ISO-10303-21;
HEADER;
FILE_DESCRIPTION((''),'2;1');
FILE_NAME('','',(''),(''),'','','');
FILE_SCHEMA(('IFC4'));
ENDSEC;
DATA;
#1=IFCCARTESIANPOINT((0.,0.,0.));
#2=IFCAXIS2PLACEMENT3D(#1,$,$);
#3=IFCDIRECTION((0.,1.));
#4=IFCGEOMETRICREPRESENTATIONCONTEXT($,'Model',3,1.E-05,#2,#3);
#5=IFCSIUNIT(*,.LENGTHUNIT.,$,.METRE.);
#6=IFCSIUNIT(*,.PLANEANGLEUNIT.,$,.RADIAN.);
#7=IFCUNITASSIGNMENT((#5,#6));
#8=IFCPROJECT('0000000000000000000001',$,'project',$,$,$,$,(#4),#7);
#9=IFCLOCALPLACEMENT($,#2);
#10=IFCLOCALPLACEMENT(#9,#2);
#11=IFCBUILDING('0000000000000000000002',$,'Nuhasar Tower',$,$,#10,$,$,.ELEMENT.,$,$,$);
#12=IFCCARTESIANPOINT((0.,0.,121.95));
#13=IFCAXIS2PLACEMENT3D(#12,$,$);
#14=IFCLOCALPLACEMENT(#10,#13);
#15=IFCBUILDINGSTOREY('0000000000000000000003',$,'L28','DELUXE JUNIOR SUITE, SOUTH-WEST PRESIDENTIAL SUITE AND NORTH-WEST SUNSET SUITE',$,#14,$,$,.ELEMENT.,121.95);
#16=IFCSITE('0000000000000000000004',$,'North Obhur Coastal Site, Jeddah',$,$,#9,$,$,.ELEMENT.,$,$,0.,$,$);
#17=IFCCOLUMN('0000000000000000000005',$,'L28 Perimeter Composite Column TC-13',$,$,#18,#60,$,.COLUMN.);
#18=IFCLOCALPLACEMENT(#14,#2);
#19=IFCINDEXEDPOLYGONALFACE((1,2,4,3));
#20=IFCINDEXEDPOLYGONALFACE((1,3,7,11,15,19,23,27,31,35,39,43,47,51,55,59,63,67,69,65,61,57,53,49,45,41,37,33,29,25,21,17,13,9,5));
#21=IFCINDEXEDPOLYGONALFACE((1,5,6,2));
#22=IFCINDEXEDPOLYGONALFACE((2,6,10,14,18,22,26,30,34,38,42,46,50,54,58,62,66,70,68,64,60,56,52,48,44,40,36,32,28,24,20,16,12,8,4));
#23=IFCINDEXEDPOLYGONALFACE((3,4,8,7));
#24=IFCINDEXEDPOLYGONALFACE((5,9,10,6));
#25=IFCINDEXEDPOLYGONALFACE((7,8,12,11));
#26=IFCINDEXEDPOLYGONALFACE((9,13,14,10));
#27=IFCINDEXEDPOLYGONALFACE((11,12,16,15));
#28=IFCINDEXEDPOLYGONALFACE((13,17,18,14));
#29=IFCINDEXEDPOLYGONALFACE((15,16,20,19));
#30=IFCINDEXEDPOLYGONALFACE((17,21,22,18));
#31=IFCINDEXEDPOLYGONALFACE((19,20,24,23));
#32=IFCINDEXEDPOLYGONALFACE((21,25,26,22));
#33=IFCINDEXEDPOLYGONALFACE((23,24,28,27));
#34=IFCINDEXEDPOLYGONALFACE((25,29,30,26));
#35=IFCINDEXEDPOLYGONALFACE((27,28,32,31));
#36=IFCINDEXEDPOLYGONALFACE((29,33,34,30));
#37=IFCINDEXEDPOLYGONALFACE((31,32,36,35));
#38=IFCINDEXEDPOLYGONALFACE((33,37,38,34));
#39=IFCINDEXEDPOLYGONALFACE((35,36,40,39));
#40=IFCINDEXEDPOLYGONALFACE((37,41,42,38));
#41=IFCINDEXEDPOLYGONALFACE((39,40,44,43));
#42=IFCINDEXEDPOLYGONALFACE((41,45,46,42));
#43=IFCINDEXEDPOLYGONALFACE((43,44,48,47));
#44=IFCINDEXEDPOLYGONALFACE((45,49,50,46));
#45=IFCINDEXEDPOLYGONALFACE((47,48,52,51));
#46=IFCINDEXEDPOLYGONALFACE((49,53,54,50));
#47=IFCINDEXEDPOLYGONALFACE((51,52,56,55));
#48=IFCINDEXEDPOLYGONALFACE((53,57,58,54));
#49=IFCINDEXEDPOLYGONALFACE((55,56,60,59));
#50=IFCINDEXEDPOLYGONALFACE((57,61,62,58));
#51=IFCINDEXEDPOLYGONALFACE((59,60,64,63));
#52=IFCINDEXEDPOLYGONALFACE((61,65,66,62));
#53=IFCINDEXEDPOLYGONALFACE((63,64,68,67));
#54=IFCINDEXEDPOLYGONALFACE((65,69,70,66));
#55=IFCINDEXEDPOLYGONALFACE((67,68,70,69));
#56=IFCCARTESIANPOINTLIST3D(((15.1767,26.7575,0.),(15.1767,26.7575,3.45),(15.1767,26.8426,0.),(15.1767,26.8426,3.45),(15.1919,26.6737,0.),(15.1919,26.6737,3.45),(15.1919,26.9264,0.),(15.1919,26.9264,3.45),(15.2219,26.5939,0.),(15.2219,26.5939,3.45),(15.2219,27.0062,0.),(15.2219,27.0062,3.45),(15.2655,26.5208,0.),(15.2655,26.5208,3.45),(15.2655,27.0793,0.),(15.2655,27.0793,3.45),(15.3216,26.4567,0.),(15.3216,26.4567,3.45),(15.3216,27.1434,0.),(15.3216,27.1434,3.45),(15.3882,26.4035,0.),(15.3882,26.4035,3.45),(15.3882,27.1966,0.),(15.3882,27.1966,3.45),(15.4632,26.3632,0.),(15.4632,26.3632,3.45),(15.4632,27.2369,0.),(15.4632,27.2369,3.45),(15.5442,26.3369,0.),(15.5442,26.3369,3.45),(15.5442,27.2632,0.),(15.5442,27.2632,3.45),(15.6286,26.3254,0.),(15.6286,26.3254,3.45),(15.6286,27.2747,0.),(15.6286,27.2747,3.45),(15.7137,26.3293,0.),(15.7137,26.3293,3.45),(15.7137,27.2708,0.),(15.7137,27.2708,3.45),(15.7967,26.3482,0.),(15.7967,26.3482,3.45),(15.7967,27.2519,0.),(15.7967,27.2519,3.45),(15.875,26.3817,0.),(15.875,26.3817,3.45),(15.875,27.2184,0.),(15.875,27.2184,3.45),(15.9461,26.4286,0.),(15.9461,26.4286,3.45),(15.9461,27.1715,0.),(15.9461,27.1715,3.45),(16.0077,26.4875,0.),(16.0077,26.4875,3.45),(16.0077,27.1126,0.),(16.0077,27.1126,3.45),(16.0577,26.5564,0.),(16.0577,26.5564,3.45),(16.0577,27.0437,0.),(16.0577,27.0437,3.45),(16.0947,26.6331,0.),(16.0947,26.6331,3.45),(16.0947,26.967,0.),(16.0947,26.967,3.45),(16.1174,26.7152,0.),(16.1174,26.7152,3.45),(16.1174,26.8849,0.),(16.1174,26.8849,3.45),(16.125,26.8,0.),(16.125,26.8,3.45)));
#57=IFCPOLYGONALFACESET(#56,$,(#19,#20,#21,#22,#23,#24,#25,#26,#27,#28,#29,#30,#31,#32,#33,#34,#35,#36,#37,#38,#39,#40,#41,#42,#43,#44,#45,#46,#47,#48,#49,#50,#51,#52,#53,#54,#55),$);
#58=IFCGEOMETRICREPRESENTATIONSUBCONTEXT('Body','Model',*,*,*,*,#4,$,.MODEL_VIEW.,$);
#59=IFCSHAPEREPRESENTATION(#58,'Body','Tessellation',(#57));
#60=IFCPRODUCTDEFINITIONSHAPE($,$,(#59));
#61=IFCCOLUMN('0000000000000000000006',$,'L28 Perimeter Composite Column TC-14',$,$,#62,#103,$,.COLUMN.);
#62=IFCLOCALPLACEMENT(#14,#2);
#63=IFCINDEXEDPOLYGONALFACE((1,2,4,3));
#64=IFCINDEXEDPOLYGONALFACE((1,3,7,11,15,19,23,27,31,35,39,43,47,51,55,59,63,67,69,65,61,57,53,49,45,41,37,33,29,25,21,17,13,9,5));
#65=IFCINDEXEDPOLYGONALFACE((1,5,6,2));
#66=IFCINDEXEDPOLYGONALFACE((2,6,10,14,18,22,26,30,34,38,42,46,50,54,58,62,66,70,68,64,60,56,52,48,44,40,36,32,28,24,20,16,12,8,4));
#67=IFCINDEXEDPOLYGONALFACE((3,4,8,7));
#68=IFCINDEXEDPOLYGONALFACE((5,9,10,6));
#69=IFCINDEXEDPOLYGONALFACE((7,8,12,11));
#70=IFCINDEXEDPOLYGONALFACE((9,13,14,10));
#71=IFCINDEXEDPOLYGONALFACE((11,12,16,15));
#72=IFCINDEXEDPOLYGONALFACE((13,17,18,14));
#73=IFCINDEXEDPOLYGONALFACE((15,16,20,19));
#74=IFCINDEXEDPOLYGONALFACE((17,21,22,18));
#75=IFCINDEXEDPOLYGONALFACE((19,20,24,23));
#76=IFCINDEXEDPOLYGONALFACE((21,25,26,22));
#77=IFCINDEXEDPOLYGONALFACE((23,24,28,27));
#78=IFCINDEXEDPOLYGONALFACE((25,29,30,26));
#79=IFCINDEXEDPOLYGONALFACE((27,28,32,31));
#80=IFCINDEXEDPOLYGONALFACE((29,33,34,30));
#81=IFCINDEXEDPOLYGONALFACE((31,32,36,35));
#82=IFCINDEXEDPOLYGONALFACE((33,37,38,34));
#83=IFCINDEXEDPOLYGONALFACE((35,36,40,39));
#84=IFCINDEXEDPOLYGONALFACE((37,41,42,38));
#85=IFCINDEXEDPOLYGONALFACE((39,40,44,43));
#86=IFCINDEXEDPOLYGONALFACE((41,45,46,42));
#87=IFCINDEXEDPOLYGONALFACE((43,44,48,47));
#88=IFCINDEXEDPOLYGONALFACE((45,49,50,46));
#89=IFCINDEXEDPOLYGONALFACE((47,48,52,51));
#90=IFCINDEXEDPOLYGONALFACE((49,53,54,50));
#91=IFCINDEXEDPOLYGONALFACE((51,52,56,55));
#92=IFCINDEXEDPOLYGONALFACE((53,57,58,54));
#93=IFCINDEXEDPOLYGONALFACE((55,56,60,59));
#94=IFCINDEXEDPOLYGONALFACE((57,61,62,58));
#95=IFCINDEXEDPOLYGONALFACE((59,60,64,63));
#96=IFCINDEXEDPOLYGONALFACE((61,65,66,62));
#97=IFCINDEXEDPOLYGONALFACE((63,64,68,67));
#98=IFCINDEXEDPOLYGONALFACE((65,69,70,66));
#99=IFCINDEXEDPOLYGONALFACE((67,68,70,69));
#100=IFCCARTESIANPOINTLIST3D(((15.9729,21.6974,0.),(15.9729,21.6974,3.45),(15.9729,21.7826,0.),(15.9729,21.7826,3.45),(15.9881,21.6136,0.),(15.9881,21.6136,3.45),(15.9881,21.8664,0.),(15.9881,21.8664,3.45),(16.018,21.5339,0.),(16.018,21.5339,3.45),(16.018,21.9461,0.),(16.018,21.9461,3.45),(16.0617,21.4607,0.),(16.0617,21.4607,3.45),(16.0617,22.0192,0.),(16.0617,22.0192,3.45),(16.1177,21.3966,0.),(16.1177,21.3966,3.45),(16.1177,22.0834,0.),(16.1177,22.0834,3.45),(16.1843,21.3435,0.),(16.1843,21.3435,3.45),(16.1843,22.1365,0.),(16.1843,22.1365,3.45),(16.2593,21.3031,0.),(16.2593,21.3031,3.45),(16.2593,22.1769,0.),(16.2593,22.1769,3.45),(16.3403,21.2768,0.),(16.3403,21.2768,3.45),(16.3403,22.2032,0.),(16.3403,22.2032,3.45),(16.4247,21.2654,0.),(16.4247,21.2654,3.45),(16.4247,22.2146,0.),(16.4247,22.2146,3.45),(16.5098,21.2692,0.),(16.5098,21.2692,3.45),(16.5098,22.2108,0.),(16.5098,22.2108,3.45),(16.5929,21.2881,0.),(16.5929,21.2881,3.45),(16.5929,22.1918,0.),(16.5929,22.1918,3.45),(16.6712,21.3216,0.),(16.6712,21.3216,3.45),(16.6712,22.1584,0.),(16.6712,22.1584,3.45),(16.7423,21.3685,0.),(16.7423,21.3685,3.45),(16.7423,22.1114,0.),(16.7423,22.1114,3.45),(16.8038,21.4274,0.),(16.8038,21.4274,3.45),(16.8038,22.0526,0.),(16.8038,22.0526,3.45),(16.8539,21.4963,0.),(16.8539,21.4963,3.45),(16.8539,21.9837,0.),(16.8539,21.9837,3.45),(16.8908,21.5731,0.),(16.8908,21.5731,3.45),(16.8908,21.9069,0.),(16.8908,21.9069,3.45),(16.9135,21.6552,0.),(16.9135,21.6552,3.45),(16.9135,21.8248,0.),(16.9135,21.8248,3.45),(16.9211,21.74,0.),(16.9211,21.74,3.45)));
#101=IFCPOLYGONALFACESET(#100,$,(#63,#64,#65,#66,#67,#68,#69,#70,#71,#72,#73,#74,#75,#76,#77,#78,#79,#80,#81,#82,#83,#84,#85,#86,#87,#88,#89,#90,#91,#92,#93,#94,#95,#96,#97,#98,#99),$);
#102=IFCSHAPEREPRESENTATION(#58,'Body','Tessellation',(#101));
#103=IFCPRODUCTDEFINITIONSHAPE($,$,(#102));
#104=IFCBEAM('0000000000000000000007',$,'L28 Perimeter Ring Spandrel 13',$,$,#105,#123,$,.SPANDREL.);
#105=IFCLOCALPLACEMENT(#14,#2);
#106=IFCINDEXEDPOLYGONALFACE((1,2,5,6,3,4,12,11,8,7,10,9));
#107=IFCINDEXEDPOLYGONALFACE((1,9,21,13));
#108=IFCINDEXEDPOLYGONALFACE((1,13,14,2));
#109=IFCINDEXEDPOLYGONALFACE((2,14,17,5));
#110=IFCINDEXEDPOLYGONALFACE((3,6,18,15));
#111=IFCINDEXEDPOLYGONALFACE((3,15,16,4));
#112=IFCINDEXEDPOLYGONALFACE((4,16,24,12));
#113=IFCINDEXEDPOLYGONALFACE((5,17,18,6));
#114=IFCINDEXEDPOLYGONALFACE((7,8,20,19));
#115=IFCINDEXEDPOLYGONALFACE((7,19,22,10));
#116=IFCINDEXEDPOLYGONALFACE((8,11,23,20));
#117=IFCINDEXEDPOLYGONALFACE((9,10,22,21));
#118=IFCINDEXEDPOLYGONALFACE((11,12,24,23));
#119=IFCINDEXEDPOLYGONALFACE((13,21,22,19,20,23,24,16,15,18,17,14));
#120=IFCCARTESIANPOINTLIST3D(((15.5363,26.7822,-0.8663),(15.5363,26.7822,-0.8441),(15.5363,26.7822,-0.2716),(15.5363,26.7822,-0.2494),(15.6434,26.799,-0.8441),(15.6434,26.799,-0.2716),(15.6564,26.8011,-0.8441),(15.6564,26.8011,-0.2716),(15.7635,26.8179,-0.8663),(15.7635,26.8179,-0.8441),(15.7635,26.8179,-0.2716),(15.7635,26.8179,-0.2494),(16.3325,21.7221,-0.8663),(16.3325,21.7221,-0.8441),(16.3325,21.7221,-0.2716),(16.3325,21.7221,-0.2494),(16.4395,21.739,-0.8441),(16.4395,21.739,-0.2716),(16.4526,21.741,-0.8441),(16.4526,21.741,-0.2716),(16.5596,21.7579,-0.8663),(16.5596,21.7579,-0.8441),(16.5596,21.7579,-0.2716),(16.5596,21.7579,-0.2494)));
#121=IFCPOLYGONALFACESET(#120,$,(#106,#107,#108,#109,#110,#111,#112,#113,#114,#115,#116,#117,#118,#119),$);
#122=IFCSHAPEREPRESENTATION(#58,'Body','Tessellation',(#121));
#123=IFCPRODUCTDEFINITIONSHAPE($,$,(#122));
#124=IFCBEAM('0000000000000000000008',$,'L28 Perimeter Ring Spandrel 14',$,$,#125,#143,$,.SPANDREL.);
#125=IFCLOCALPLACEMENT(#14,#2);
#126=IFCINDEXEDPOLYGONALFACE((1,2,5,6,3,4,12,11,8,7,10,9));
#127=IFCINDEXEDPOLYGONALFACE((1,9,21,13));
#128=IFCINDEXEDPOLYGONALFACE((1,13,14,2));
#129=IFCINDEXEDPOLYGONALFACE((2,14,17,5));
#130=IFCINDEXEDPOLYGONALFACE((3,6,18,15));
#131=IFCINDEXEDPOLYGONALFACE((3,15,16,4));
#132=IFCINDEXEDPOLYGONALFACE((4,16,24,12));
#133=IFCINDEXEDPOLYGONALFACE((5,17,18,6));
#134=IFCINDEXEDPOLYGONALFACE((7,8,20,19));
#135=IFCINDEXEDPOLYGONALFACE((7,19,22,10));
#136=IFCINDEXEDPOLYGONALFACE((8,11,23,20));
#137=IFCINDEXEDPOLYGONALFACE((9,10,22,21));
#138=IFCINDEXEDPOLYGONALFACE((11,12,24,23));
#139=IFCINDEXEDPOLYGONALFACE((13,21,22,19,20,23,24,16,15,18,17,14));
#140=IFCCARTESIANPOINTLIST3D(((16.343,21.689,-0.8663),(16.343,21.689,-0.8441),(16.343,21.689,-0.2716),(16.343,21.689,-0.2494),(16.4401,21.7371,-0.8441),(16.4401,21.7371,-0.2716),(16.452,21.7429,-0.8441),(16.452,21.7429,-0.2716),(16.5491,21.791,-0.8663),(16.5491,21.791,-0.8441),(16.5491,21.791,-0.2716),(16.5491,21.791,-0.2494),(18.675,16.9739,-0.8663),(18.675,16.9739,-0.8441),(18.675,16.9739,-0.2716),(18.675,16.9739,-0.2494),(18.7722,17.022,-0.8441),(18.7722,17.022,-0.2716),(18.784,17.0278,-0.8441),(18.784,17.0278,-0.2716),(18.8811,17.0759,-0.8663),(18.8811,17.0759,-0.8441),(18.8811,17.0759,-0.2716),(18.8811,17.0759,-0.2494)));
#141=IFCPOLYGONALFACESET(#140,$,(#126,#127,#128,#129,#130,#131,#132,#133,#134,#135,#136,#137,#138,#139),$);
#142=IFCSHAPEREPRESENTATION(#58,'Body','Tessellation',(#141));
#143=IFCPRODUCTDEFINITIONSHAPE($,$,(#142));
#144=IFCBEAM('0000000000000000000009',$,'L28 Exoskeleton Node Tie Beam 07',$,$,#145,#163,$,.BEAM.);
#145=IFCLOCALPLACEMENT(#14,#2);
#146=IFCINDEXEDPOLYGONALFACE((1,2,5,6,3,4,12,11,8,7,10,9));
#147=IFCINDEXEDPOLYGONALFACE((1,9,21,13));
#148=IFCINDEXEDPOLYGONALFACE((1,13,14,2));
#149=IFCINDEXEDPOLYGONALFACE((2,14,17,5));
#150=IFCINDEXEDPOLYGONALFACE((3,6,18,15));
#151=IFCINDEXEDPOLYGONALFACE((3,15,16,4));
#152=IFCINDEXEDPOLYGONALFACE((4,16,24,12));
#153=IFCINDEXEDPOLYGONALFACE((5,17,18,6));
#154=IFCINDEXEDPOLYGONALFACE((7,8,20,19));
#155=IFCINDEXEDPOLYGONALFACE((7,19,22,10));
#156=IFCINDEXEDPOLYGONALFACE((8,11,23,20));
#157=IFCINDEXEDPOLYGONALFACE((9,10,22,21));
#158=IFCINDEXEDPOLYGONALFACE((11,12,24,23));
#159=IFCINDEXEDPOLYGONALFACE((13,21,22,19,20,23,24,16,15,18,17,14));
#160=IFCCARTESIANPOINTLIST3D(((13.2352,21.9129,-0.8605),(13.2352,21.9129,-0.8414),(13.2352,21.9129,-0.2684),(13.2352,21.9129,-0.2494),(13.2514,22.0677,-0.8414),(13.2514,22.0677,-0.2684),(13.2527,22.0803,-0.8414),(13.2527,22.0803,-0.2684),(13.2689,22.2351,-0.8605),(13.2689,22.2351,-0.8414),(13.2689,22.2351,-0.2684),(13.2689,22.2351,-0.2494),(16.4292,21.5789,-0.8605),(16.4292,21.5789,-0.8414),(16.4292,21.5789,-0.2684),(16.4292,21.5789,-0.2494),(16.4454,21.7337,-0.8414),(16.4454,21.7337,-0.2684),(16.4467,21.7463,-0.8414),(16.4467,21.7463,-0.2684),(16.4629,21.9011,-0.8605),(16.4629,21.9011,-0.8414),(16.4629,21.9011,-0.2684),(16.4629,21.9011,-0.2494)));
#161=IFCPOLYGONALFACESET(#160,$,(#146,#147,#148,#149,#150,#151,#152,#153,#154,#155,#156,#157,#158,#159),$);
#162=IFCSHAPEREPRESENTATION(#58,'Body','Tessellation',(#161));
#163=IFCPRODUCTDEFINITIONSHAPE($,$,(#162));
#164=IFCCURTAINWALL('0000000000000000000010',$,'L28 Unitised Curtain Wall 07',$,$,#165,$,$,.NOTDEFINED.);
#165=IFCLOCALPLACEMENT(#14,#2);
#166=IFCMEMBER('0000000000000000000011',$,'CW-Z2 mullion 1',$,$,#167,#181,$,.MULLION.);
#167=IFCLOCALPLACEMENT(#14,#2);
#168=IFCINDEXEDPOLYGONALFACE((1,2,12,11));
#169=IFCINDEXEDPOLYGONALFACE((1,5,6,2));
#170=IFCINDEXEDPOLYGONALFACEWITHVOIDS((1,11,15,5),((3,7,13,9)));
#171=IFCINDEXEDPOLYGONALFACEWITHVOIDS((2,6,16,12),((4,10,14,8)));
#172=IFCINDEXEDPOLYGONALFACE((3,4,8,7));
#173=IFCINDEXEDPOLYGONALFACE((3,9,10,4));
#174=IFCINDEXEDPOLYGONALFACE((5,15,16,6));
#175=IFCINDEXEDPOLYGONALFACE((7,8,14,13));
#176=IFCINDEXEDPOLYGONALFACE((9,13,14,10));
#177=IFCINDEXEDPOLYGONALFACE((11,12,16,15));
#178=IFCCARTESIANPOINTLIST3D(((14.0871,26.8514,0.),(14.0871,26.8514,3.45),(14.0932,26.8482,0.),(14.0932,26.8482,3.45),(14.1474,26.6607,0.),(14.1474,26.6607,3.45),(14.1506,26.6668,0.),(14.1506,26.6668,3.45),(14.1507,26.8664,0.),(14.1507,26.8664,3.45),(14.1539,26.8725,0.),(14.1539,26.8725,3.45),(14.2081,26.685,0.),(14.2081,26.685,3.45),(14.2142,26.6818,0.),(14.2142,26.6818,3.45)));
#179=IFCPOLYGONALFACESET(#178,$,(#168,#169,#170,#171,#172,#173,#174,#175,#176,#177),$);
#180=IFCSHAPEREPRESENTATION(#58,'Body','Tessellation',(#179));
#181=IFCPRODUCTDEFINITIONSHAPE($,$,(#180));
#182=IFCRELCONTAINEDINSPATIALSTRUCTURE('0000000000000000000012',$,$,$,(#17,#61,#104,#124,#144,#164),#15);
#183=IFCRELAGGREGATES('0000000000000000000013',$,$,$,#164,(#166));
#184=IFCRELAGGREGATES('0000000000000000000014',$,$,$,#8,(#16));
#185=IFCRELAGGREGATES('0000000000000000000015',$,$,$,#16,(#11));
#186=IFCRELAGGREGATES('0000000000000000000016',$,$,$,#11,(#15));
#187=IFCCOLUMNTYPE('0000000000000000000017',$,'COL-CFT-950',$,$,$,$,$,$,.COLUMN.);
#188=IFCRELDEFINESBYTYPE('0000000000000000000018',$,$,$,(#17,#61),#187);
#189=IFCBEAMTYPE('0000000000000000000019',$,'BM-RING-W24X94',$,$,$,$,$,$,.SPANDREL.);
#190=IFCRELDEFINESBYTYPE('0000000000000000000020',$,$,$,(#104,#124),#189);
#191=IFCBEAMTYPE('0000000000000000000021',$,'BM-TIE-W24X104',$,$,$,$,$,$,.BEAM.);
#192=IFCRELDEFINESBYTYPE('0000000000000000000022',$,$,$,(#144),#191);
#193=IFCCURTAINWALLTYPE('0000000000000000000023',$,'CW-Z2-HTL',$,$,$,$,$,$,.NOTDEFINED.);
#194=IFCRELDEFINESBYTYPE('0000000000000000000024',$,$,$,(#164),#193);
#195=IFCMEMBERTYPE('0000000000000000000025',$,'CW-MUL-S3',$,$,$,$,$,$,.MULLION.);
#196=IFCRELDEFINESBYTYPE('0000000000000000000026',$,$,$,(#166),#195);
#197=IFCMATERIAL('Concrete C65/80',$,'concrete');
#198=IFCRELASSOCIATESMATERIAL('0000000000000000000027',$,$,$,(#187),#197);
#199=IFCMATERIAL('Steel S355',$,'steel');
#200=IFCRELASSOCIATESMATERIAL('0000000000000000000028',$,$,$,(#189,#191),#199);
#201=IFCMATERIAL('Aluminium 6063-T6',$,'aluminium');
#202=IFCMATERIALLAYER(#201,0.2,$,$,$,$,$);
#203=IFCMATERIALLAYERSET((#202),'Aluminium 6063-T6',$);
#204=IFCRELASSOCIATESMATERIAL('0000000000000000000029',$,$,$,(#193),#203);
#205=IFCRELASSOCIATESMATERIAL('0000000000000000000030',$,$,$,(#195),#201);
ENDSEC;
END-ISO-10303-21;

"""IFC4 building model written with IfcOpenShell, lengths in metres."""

from ifc_helpers import new_model, si_unit, direction, frame, origin, origin_2d, place, context, subcontext, project, spatial, hollow_rectangle, circle, i_section, extrude, material, layer, layer_set, material_profile, profile_set, type_object, element, aggregate, save


model = new_model("IFC4")

# Units and contexts
model_context = context("Model", 3, precision=1e-05, world=origin(), true_north=direction((0.0, 1.0)))
body_context = subcontext(model_context, "Body", "Model", "MODEL_VIEW")
ifc_project = project(units=[si_unit("LENGTHUNIT", "METRE"), si_unit("PLANEANGLEUNIT", "RADIAN")], contexts=[model_context])

# Site, building, storey
site_placement = place(None, origin())
site = spatial("IfcSite", under=ifc_project, at=site_placement, Name="North Obhur Coastal Site, Jeddah", CompositionType="ELEMENT", RefElevation=0.0)
building_placement = place(site_placement, origin())
building = spatial("IfcBuilding", under=site, at=building_placement, Name="Nuhasar Tower", CompositionType="ELEMENT")
storey_placement = place(building_placement, frame((0.0, 0.0, 121.95)))
storey = spatial("IfcBuildingStorey", under=building, at=storey_placement, Name="L28", Description="DELUXE JUNIOR SUITE, SOUTH-WEST PRESIDENTIAL SUITE AND NORTH-WEST SUNSET SUITE", CompositionType="ELEMENT", Elevation=121.95)

# Columns
ifc_material_1 = material(Name="Concrete C65/80", Category="concrete")
ifc_material_profile_1 = material_profile(ifc_material_1, circle(Radius=0.4751, at=origin_2d()), Name="CFT950")
ifc_profile_set_1 = profile_set([ifc_material_profile_1], Name="Concrete C65/80")
column_type = type_object("IfcColumnType", Name="COL-CFT-950", PredefinedType="COLUMN", material=ifc_profile_set_1)
for number, where, z_axis, x_axis, name in (
    (1, (15.6499, 26.8, 0.0), (0.0, 0.0, 1.0), (1.0, 0.0, 0.0), "L28 Perimeter Composite Column TC-13"),
    (2, (16.446, 21.74, 0.0), (0.0, 0.0, 1.0), (1.0, 0.0, 0.0), "L28 Perimeter Composite Column TC-14"),
):
    element("IfcColumn", number, at=place(storey_placement, frame(where, z_axis=z_axis, x_axis=x_axis)), inside=storey, type_object=column_type, Name=name, PredefinedType="COLUMN", context=body_context, shape_type="SweptSolid", body=[
        extrude(circle(Radius=0.4751, at=origin_2d()), origin(), (0.0, 0.0, 1.0), 3.45),
    ])

# Beams
ifc_material_2 = material(Name="Steel S355", Category="steel")
ifc_material_profile_2 = material_profile(ifc_material_2, i_section(OverallWidth=0.23, OverallDepth=0.6169, WebThickness=0.0132, FlangeThickness=0.0222, at=origin_2d()), Name="W24X94")
ifc_profile_set_2 = profile_set([ifc_material_profile_2], Name="Steel S355")
beam_type_1 = type_object("IfcBeamType", Name="BM-RING-W24X94", PredefinedType="SPANDREL", material=ifc_profile_set_2)
beam_1_placement = place(storey_placement, frame((15.6499, 26.8, -0.5579), z_axis=(0.155427, -0.987847, 0.0), x_axis=(0.987847, 0.155427, 0.0)))
element("IfcBeam", 3, at=beam_1_placement, inside=storey, type_object=beam_type_1, Name="L28 Perimeter Ring Spandrel 13", PredefinedType="SPANDREL", context=body_context, shape_type="SweptSolid", body=[
    extrude(i_section(OverallWidth=0.23, OverallDepth=0.6169, WebThickness=0.0132, FlangeThickness=0.0222, at=origin_2d()), origin(), (0.0, 0.0, 1.0), 5.1223),
])
beam_2_placement = place(storey_placement, frame((16.446, 21.74, -0.5579), z_axis=(0.443329, -0.896359, 0.0), x_axis=(0.896359, 0.443329, 0.0)))
element("IfcBeam", 4, at=beam_2_placement, inside=storey, type_object=beam_type_1, Name="L28 Perimeter Ring Spandrel 14", PredefinedType="SPANDREL", context=body_context, shape_type="SweptSolid", body=[
    extrude(i_section(OverallWidth=0.23, OverallDepth=0.6169, WebThickness=0.0132, FlangeThickness=0.0222, at=origin_2d()), origin(), (0.0, 0.0, 1.0), 5.2603),
])
ifc_material_profile_3 = material_profile(ifc_material_2, i_section(OverallWidth=0.324, OverallDepth=0.6111, WebThickness=0.0127, FlangeThickness=0.019, at=origin_2d()), Name="W24X104")
ifc_profile_set_3 = profile_set([ifc_material_profile_3], Name="Steel S355")
beam_type_2 = type_object("IfcBeamType", Name="BM-TIE-W24X104", PredefinedType="BEAM", material=ifc_profile_set_3)
beam_3_placement = place(storey_placement, frame((16.446, 21.74, -0.5549), z_axis=(-0.994578, 0.103996, 0.0), x_axis=(-0.103996, -0.994578, 0.0)))
element("IfcBeam", 5, at=beam_3_placement, inside=storey, type_object=beam_type_2, Name="L28 Exoskeleton Node Tie Beam 07", PredefinedType="BEAM", context=body_context, shape_type="SweptSolid", body=[
    extrude(i_section(OverallWidth=0.324, OverallDepth=0.6111, WebThickness=0.0127, FlangeThickness=0.019, at=origin_2d()), origin(), (0.0, 0.0, 1.0), 3.2114),
])

# Curtain wall, member
ifc_material_3 = material(Name="Aluminium 6063-T6", Category="aluminium")
ifc_layer_1 = layer(ifc_material_3, 0.2)
ifc_layer_set_1 = layer_set([ifc_layer_1], Name="Aluminium 6063-T6")
curtain_wall_type = type_object("IfcCurtainWallType", Name="CW-Z2-HTL", PredefinedType="NOTDEFINED", material=ifc_layer_set_1)
curtain_wall_1_placement = place(storey_placement, origin())
curtain_wall_1 = element("IfcCurtainWall", 6, at=curtain_wall_1_placement, inside=storey, type_object=curtain_wall_type, Name="L28 Unitised Curtain Wall 07", PredefinedType="NOTDEFINED")
ifc_material_profile_4 = material_profile(ifc_material_3, hollow_rectangle(XDim=0.0701, YDim=0.2, WallThickness=0.0049, at=origin_2d()), Name="CWM-3")
ifc_profile_set_4 = profile_set([ifc_material_profile_4], Name="Aluminium 6063-T6")
member_type_1 = type_object("IfcMemberType", Name="CW-MUL-S3", PredefinedType="MULLION", material=ifc_profile_set_4)
member_1_placement = place(storey_placement, frame((14.1506, 26.7666, 0.0), z_axis=(0.0, 0.0, 1.0), x_axis=(0.953433, 0.301604, 0.0)))
member_1 = element("IfcMember", 7, at=member_1_placement, type_object=member_type_1, Name="CW-Z2 mullion 1", PredefinedType="MULLION", context=body_context, shape_type="SweptSolid", body=[
    extrude(hollow_rectangle(XDim=0.0701, YDim=0.2, WallThickness=0.0049, at=origin_2d()), origin(), (0.0, 0.0, 1.0), 3.45),
])

aggregate(curtain_wall_1, [member_1])

save(model, "model.ifc")
